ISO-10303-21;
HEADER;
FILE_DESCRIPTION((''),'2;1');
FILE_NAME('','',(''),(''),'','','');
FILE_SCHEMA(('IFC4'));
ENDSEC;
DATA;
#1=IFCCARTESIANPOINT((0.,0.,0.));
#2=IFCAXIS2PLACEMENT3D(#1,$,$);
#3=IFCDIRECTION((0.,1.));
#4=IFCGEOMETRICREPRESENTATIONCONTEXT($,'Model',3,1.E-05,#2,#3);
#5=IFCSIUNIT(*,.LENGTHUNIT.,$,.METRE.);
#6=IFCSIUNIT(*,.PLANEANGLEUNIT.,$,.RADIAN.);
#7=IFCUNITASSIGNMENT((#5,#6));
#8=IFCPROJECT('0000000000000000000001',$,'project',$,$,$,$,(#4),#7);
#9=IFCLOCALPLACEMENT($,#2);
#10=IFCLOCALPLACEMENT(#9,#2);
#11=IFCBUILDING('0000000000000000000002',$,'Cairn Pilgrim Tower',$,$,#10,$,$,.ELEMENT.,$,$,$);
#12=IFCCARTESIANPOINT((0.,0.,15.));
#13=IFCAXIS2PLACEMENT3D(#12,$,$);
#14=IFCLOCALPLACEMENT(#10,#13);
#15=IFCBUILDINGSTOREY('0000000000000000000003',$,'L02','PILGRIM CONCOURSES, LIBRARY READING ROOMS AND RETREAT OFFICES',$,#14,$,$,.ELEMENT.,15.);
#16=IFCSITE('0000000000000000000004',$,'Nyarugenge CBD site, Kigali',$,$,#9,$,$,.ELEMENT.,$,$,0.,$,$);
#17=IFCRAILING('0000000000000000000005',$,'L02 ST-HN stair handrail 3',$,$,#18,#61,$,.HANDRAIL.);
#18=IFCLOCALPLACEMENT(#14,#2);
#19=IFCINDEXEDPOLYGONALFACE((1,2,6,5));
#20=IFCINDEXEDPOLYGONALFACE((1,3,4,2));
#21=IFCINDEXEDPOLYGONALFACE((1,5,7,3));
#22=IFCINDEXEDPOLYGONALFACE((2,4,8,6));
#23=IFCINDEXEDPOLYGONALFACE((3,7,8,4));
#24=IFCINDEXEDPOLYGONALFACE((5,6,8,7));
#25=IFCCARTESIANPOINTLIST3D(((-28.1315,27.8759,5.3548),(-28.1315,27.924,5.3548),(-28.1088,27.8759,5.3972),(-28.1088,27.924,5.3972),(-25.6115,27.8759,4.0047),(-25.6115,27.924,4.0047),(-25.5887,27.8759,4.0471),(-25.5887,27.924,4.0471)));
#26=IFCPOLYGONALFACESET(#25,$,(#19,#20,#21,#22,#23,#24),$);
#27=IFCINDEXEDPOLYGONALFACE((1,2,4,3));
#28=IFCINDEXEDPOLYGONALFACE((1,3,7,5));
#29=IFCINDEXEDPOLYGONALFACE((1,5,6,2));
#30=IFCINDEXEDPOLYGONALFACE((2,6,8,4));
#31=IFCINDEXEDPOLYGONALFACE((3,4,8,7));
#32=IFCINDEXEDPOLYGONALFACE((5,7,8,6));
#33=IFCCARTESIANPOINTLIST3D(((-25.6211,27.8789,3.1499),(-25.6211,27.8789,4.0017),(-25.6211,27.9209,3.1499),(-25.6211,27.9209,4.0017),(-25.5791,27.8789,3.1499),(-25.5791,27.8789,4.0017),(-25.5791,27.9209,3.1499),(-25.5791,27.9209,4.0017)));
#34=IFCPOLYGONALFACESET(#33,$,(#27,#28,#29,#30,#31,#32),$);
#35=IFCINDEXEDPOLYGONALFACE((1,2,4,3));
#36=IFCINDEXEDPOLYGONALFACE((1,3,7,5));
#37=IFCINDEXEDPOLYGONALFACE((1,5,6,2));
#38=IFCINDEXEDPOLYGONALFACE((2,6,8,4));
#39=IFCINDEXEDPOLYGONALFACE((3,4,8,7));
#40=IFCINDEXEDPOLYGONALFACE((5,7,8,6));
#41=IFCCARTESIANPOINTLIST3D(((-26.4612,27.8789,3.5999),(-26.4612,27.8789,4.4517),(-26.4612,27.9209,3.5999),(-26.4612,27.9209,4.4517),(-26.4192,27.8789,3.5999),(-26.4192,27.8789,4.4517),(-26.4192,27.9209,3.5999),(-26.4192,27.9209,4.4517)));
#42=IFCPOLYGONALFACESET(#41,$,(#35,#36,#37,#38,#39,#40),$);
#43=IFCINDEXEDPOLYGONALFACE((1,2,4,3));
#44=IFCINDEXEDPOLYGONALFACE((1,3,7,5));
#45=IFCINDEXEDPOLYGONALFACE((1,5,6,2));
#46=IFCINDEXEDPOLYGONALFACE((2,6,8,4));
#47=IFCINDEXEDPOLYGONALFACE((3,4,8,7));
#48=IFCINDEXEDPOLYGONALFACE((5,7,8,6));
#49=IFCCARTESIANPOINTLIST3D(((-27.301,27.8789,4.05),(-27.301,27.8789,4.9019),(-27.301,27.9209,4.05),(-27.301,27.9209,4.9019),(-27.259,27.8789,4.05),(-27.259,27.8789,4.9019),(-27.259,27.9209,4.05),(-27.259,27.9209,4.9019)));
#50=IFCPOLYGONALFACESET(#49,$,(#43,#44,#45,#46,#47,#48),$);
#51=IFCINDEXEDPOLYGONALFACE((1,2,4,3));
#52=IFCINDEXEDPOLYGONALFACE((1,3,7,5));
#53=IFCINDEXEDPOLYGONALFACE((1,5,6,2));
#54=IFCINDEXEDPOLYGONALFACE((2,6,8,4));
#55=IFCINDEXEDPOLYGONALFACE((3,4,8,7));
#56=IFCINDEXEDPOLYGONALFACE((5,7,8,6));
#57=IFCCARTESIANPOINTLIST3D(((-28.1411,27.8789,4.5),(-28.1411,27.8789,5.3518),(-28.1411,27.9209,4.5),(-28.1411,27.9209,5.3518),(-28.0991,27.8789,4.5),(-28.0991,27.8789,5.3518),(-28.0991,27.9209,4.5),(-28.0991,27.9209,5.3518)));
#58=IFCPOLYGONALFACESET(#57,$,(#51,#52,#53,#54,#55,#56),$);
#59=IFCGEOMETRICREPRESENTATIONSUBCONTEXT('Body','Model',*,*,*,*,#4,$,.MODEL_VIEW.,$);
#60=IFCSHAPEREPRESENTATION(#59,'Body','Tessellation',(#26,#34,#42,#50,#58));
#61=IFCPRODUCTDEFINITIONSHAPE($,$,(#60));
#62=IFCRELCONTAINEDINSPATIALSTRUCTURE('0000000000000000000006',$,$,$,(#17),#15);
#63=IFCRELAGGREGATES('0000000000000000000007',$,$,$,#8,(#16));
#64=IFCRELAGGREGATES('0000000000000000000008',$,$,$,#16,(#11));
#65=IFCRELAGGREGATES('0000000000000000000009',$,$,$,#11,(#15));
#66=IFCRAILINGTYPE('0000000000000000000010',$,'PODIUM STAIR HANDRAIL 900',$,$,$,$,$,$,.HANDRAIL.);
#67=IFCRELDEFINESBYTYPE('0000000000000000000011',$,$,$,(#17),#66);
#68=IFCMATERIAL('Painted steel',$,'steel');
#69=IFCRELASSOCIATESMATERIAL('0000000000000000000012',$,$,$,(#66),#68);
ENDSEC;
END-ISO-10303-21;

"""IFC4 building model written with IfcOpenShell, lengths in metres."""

from ifc_helpers import new_model, si_unit, direction, frame, origin, origin_2d, place, context, subcontext, project, spatial, rectangle, extrude, material, type_object, element, save


model = new_model("IFC4")

# Units and contexts
model_context = context("Model", 3, precision=1e-05, world=origin(), true_north=direction((0.0, 1.0)))
body_context = subcontext(model_context, "Body", "Model", "MODEL_VIEW")
ifc_project = project(units=[si_unit("LENGTHUNIT", "METRE"), si_unit("PLANEANGLEUNIT", "RADIAN")], contexts=[model_context])

# Site, building, storey
site_placement = place(None, origin())
site = spatial("IfcSite", under=ifc_project, at=site_placement, Name="Nyarugenge CBD site, Kigali", CompositionType="ELEMENT", RefElevation=0.0)
building_placement = place(site_placement, origin())
building = spatial("IfcBuilding", under=site, at=building_placement, Name="Cairn Pilgrim Tower", CompositionType="ELEMENT")
storey_placement = place(building_placement, frame((0.0, 0.0, 15.0)))
storey = spatial("IfcBuildingStorey", under=building, at=storey_placement, Name="L02", Description="PILGRIM CONCOURSES, LIBRARY READING ROOMS AND RETREAT OFFICES", CompositionType="ELEMENT", Elevation=15.0)

# Railing
ifc_material_1 = material(Name="Painted steel", Category="steel")
railing_type_1 = type_object("IfcRailingType", Name="PODIUM STAIR HANDRAIL 900", PredefinedType="HANDRAIL", material=ifc_material_1)
for number, where, name in (
    (1, (-25.6001, 27.8999, 3.1499), "L02 ST-HN stair handrail 3"),
):
    element("IfcRailing", number, at=place(storey_placement, frame(where)), inside=storey, type_object=railing_type_1, Name=name, PredefinedType="HANDRAIL", context=body_context, shape_type="SweptSolid", body=[
        extrude(rectangle(XDim=0.0481, YDim=0.0481, at=origin_2d()), frame((0.0, 0.0, 0.876), z_axis=(-0.881467, 0.0, 0.472245), x_axis=(0.0, -1.0, 0.0)), (0.0, 0.0, 1.0), 2.8589),
        extrude(rectangle(XDim=0.042, YDim=0.042, at=origin_2d()), origin(), (0.0, 0.0, 1.0), 0.8518),
        extrude(rectangle(XDim=0.042, YDim=0.042, at=origin_2d()), frame((-0.8401, 0.0, 0.45)), (0.0, 0.0, 1.0), 0.8518),
        extrude(rectangle(XDim=0.042, YDim=0.042, at=origin_2d()), frame((-1.6799, 0.0, 0.9001)), (0.0, 0.0, 1.0), 0.8518),
        extrude(rectangle(XDim=0.042, YDim=0.042, at=origin_2d()), frame((-2.52, 0.0, 1.3501)), (0.0, 0.0, 1.0), 0.8518),
    ])

save(model, "model.ifc")
